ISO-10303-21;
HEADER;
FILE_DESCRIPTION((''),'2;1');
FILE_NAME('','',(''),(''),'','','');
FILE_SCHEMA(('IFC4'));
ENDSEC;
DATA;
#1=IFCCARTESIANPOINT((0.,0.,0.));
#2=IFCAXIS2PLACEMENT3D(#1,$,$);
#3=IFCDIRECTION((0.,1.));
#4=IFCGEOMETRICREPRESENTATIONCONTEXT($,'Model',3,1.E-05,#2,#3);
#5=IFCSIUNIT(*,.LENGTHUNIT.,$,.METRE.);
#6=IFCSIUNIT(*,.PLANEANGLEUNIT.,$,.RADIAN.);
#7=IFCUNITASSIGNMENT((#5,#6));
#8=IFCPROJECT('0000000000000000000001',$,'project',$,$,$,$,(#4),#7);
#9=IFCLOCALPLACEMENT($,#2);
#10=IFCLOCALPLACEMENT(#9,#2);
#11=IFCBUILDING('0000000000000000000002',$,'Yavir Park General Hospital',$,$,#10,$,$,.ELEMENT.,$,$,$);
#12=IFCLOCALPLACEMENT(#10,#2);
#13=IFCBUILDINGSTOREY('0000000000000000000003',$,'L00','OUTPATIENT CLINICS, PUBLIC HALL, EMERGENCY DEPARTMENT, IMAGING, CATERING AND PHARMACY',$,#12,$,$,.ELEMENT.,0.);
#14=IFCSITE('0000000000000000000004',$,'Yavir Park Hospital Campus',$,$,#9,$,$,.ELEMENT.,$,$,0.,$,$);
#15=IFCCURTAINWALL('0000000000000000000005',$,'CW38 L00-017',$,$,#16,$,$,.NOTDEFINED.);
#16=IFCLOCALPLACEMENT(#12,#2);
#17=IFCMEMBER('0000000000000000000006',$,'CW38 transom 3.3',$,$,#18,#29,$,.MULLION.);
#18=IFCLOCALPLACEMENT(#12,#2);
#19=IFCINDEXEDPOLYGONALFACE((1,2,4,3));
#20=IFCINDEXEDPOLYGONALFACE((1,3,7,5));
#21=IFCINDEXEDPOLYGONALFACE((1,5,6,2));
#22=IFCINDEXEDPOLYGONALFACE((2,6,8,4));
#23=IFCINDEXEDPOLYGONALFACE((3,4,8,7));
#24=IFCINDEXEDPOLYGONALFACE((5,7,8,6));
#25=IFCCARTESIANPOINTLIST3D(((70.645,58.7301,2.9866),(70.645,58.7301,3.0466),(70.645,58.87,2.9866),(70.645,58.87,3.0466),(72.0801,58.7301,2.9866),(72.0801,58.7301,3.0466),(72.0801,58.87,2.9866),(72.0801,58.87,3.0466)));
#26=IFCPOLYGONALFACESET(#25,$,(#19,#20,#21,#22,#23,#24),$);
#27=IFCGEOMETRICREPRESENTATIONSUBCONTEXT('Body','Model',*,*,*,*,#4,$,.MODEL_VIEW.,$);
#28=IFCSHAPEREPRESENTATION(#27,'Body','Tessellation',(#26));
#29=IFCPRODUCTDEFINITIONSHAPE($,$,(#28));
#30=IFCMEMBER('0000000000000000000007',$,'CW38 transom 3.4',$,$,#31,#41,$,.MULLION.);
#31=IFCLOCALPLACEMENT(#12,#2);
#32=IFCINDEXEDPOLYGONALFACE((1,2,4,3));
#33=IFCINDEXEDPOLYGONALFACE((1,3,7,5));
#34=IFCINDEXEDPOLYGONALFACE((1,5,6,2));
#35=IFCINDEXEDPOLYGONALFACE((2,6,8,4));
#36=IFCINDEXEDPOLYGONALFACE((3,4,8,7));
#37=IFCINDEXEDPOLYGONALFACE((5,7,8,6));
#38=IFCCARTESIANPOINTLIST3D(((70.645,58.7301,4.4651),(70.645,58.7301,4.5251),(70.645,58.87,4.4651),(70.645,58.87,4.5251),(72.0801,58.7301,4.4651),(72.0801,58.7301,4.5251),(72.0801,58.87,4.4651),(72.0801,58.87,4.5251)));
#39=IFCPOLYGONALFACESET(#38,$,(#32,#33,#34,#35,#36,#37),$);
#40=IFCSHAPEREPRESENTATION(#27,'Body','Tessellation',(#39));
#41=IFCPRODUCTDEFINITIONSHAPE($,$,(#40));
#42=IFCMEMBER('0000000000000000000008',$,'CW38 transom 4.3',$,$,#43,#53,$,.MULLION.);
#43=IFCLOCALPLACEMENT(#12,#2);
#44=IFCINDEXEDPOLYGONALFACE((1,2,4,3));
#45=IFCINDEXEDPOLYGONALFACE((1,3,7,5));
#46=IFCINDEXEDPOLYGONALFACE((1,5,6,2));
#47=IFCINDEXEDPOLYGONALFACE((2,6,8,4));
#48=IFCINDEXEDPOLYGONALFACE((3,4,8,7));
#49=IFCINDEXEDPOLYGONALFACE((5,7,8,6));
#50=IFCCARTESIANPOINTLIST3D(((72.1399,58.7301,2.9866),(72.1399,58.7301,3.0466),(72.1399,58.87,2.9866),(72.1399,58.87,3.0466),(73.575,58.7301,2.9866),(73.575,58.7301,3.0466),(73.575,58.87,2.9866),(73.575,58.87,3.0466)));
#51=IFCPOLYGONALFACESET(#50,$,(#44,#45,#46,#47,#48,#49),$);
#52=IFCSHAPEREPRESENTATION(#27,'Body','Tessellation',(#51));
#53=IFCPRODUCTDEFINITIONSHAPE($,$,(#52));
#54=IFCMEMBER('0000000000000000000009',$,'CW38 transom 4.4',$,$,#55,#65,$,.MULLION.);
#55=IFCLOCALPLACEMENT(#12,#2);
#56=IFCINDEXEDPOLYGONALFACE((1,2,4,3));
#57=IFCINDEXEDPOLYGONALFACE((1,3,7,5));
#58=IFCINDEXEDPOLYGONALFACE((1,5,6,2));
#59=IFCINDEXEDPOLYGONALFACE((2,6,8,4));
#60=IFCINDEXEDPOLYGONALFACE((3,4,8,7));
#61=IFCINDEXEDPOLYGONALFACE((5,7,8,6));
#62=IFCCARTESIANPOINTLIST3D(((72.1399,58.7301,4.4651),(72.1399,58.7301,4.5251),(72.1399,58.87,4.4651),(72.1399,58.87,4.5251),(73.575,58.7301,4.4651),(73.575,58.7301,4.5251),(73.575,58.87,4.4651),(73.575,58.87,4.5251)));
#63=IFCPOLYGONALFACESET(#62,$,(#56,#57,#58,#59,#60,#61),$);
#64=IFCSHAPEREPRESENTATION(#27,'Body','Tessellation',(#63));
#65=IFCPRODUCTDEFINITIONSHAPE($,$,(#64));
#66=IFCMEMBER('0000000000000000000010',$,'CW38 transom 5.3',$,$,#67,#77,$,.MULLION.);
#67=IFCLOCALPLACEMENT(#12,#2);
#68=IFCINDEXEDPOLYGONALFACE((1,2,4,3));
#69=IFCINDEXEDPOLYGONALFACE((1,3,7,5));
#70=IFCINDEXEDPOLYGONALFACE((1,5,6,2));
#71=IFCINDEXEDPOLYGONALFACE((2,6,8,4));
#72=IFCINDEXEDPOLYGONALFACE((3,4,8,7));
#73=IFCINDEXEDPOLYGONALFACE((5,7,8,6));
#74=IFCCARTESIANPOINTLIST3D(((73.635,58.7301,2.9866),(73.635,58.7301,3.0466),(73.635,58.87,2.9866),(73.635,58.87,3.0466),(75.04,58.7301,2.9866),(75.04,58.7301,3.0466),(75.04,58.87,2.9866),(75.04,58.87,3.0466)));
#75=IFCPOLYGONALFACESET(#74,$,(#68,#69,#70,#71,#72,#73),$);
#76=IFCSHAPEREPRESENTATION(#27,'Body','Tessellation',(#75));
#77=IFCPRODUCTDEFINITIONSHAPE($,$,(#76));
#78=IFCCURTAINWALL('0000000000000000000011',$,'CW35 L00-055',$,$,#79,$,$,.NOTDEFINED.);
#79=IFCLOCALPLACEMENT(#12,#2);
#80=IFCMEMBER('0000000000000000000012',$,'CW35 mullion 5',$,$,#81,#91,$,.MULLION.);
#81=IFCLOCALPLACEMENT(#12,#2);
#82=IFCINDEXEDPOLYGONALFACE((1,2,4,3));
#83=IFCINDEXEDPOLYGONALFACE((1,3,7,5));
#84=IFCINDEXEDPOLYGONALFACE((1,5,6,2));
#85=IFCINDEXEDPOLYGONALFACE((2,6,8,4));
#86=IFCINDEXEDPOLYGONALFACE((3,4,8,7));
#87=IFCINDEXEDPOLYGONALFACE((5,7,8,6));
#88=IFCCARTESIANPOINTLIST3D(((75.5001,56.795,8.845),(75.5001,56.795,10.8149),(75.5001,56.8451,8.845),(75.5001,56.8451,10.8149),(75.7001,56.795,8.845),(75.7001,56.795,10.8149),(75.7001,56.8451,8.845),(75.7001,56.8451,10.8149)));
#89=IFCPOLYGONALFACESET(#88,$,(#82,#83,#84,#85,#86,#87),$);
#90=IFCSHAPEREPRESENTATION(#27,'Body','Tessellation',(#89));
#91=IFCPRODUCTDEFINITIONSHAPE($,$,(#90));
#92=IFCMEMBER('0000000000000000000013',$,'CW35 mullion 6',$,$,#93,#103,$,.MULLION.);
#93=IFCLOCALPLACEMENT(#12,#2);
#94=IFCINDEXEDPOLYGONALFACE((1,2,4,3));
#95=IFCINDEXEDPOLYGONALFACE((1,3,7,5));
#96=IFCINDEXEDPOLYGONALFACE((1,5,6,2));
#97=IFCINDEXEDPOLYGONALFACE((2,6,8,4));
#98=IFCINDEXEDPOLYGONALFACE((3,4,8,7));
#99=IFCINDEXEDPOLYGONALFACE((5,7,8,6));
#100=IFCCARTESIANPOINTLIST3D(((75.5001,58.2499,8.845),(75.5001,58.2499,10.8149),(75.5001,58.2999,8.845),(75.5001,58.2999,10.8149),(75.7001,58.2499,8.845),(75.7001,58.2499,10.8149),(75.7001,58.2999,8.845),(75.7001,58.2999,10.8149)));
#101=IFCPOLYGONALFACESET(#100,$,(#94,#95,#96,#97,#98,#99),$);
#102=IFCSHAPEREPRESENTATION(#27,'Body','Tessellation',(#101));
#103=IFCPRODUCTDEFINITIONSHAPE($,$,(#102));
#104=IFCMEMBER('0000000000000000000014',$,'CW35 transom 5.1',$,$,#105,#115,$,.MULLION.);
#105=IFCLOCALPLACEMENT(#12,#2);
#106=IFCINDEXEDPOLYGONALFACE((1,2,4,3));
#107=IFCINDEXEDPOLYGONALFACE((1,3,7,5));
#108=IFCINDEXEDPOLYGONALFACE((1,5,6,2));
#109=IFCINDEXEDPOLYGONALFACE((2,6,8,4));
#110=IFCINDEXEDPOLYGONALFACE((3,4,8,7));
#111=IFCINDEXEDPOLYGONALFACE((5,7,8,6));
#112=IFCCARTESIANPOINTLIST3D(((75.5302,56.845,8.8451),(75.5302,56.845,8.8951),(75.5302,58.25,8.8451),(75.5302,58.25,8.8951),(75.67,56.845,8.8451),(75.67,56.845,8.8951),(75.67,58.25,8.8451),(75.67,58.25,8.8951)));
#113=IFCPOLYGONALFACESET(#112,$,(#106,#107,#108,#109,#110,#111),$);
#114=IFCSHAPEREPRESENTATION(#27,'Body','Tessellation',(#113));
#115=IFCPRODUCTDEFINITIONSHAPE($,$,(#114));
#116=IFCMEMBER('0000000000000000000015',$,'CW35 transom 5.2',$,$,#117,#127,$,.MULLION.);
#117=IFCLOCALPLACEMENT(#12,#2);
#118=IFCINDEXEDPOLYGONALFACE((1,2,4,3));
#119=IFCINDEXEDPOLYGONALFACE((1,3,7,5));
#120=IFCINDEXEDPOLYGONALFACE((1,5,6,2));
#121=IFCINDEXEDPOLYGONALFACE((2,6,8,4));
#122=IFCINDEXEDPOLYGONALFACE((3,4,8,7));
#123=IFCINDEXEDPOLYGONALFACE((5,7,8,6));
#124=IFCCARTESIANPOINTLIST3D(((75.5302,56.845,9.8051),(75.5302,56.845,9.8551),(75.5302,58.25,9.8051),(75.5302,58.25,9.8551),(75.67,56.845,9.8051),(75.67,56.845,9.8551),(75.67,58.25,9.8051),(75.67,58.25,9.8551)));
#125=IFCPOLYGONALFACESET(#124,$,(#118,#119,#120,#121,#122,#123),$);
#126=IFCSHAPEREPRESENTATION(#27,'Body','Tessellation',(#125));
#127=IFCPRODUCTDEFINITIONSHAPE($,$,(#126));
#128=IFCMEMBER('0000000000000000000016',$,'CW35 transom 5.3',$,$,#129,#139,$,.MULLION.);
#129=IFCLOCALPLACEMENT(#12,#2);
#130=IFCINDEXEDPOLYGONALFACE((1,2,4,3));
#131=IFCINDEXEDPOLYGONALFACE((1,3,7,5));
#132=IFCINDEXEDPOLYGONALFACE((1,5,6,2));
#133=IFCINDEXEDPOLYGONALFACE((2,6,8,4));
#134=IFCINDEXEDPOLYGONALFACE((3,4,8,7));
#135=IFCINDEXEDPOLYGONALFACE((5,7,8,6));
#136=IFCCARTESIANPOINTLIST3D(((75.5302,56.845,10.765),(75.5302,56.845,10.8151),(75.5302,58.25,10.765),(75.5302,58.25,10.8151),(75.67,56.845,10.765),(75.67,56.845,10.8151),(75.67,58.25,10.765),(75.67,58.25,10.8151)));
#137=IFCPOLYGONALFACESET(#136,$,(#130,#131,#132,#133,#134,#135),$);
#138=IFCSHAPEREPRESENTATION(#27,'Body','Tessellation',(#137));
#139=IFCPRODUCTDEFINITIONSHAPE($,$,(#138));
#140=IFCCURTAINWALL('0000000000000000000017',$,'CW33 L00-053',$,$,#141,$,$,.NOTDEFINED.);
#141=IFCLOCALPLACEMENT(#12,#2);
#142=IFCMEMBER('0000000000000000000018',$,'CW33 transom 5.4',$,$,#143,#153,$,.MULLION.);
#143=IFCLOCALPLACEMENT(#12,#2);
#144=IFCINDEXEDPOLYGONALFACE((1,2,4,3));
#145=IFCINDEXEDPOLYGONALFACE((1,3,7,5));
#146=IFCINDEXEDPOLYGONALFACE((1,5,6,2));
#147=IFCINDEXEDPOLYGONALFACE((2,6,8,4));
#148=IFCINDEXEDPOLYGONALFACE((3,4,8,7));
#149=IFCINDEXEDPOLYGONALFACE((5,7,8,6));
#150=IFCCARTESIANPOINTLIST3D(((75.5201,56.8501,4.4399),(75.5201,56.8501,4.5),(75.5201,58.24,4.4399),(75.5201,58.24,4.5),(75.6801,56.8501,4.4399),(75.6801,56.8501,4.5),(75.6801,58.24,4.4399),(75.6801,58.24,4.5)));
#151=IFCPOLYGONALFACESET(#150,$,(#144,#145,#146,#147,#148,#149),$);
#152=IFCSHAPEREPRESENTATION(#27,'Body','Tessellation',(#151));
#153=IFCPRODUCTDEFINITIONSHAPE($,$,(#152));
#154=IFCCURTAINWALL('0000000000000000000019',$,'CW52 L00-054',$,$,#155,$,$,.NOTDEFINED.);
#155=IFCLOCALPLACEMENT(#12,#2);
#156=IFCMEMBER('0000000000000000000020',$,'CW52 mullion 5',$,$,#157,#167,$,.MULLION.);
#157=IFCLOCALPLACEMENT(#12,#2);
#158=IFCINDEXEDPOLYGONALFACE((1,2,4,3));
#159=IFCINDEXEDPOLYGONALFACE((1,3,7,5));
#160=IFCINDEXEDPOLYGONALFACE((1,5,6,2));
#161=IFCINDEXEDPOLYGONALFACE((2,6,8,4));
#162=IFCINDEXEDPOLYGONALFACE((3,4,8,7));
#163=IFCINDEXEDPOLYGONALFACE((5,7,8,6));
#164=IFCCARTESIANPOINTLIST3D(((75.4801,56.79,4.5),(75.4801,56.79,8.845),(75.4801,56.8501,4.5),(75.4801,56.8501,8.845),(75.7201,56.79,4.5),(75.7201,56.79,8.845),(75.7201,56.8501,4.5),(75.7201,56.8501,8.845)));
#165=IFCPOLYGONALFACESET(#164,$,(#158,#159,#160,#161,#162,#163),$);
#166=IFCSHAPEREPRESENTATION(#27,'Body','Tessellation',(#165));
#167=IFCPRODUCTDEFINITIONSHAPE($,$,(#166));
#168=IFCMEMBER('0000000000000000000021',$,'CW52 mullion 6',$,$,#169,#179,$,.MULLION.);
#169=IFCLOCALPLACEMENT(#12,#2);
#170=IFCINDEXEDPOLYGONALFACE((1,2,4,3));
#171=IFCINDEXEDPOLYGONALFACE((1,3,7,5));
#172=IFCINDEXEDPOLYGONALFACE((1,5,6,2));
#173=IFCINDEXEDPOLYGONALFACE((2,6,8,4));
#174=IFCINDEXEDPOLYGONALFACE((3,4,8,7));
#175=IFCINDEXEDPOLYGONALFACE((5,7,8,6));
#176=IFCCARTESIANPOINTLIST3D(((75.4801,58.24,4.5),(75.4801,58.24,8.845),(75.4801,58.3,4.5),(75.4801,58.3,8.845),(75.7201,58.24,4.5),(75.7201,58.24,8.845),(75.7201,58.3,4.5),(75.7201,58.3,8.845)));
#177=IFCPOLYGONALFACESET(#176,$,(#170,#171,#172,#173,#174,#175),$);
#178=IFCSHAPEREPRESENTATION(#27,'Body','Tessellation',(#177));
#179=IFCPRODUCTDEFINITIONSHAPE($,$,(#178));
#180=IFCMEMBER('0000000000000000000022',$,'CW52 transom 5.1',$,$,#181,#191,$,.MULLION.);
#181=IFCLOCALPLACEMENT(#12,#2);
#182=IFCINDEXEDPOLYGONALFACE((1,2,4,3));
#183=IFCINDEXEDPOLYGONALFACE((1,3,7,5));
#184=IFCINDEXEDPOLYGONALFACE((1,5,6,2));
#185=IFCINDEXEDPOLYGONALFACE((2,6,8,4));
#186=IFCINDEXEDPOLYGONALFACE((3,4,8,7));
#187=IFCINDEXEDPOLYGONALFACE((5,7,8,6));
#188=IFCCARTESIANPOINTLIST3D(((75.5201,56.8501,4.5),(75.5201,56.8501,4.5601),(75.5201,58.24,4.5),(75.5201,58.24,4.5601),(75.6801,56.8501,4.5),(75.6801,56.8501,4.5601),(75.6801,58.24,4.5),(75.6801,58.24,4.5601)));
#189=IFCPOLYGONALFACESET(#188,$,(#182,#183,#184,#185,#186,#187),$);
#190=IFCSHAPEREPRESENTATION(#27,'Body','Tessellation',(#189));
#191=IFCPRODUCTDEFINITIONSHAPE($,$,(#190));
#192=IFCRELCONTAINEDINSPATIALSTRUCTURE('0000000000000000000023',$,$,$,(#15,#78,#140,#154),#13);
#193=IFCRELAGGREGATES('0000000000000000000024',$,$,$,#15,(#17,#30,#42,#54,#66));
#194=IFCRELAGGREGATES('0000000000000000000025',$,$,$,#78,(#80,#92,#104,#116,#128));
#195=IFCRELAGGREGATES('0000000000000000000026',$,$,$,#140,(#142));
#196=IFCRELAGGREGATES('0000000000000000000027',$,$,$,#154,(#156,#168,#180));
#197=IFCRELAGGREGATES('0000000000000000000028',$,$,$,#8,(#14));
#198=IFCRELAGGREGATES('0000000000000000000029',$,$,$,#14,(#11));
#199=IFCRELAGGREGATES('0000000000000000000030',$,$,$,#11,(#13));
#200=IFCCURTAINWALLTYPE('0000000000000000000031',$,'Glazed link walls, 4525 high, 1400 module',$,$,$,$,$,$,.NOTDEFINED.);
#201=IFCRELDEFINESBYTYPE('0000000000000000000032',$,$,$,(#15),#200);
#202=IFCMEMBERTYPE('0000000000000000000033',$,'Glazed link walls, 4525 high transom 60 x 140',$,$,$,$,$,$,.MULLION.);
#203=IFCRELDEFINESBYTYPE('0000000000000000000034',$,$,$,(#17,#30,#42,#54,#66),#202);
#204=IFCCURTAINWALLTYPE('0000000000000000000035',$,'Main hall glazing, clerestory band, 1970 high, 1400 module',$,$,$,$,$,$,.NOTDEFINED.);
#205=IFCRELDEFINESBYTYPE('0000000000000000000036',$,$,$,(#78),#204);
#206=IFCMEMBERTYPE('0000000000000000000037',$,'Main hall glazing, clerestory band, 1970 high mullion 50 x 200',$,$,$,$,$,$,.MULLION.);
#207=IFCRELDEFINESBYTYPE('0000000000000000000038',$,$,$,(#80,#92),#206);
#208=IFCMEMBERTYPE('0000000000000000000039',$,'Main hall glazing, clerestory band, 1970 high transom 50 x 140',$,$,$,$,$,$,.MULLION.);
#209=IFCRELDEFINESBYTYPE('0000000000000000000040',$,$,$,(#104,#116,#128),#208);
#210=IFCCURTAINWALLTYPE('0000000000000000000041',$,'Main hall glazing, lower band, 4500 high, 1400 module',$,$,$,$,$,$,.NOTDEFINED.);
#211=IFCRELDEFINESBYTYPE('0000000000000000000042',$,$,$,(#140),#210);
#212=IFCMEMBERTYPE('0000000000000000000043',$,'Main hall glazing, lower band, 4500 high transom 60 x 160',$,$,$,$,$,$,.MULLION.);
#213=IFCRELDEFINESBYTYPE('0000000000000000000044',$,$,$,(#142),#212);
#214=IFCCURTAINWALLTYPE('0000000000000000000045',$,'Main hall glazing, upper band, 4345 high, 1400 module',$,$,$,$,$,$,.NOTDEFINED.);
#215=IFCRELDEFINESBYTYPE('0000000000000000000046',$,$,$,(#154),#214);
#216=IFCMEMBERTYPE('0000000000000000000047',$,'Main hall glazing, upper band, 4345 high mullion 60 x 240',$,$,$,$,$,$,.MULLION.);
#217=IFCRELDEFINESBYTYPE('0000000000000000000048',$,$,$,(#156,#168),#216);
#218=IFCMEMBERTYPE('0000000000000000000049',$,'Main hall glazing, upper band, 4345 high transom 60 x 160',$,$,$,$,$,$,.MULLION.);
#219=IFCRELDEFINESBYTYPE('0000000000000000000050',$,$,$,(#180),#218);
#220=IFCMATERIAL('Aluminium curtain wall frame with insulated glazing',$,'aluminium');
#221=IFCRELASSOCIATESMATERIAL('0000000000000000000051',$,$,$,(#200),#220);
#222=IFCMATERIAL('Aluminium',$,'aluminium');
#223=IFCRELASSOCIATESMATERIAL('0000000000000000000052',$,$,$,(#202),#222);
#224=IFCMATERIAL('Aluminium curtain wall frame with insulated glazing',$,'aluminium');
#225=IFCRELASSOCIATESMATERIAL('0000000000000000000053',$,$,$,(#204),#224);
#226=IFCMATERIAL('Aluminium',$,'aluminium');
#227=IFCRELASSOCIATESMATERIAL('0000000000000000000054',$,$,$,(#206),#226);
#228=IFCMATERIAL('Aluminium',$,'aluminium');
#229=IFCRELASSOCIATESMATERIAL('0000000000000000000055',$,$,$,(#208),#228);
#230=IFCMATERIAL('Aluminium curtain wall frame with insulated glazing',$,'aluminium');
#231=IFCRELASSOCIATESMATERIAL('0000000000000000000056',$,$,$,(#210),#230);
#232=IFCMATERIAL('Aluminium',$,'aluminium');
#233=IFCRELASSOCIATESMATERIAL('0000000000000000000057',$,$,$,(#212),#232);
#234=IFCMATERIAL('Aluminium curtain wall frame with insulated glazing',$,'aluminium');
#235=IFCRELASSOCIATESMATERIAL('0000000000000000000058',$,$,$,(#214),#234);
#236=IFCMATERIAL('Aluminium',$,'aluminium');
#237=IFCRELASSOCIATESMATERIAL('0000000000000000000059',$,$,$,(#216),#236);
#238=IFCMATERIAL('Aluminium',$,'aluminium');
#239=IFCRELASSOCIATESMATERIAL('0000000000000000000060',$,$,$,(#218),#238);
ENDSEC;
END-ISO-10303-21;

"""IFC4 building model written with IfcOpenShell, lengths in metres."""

from ifc_helpers import new_model, si_unit, direction, frame, origin, origin_2d, place, context, subcontext, project, spatial, rectangle, extrude, material, material_profile, profile_set, type_object, element, aggregate, save


model = new_model("IFC4")

# Units and contexts
model_context = context("Model", 3, precision=1e-05, world=origin(), true_north=direction((0.0, 1.0)))
body_context = subcontext(model_context, "Body", "Model", "MODEL_VIEW")
ifc_project = project(units=[si_unit("LENGTHUNIT", "METRE"), si_unit("PLANEANGLEUNIT", "RADIAN")], contexts=[model_context])

# Site, building, storey
site_placement = place(None, origin())
site = spatial("IfcSite", under=ifc_project, at=site_placement, Name="Yavir Park Hospital Campus", CompositionType="ELEMENT", RefElevation=0.0)
building_placement = place(site_placement, origin())
building = spatial("IfcBuilding", under=site, at=building_placement, Name="Yavir Park General Hospital", CompositionType="ELEMENT")
storey_placement = place(building_placement, origin())
storey = spatial("IfcBuildingStorey", under=building, at=storey_placement, Name="L00", Description="OUTPATIENT CLINICS, PUBLIC HALL, EMERGENCY DEPARTMENT, IMAGING, CATERING AND PHARMACY", CompositionType="ELEMENT", Elevation=0.0)

# Curtain walls, members
ifc_material_1 = material(Name="Aluminium curtain wall frame with insulated glazing", Category="aluminium")
curtain_wall_type_1 = type_object("IfcCurtainWallType", Name="Glazed link walls, 4525 high, 1400 module", PredefinedType="NOTDEFINED", material=ifc_material_1)
curtain_wall_1_placement = place(storey_placement, origin())
curtain_wall_1 = element("IfcCurtainWall", 1, at=curtain_wall_1_placement, inside=storey, type_object=curtain_wall_type_1, Name="CW38 L00-017", PredefinedType="NOTDEFINED")
ifc_material_2 = material(Name="Aluminium", Category="aluminium")
ifc_material_profile_1 = material_profile(ifc_material_2, rectangle(XDim=0.1399, YDim=0.0601, at=origin_2d()), Name="AL 140x60")
ifc_profile_set_1 = profile_set([ifc_material_profile_1], Name="Aluminium")
member_type_1 = type_object("IfcMemberType", Name="Glazed link walls, 4525 high transom 60 x 140", PredefinedType="MULLION", material=ifc_profile_set_1)
member_1_placement = place(storey_placement, frame((70.645, 58.8, 3.0166), z_axis=(1.0, 0.0, 0.0), x_axis=(0.0, 1.0, 0.0)))
member_1 = element("IfcMember", 2, at=member_1_placement, type_object=member_type_1, Name="CW38 transom 3.3", PredefinedType="MULLION", context=body_context, shape_type="SweptSolid", body=[
    extrude(rectangle(XDim=0.1399, YDim=0.0601, at=origin_2d()), origin(), (0.0, 0.0, 1.0), 1.4351),
])
member_2_placement = place(storey_placement, frame((70.645, 58.8, 4.4951), z_axis=(1.0, 0.0, 0.0), x_axis=(0.0, 1.0, 0.0)))
member_2 = element("IfcMember", 3, at=member_2_placement, type_object=member_type_1, Name="CW38 transom 3.4", PredefinedType="MULLION", context=body_context, shape_type="SweptSolid", body=[
    extrude(rectangle(XDim=0.1399, YDim=0.0601, at=origin_2d()), origin(), (0.0, 0.0, 1.0), 1.4351),
])
member_3_placement = place(storey_placement, frame((72.1399, 58.8, 3.0166), z_axis=(1.0, 0.0, 0.0), x_axis=(0.0, 1.0, 0.0)))
member_3 = element("IfcMember", 4, at=member_3_placement, type_object=member_type_1, Name="CW38 transom 4.3", PredefinedType="MULLION", context=body_context, shape_type="SweptSolid", body=[
    extrude(rectangle(XDim=0.1399, YDim=0.0601, at=origin_2d()), origin(), (0.0, 0.0, 1.0), 1.4351),
])
member_4_placement = place(storey_placement, frame((72.1399, 58.8, 4.4951), z_axis=(1.0, 0.0, 0.0), x_axis=(0.0, 1.0, 0.0)))
member_4 = element("IfcMember", 5, at=member_4_placement, type_object=member_type_1, Name="CW38 transom 4.4", PredefinedType="MULLION", context=body_context, shape_type="SweptSolid", body=[
    extrude(rectangle(XDim=0.1399, YDim=0.0601, at=origin_2d()), origin(), (0.0, 0.0, 1.0), 1.4351),
])
member_5_placement = place(storey_placement, frame((73.635, 58.8, 3.0166), z_axis=(1.0, 0.0, 0.0), x_axis=(0.0, 1.0, 0.0)))
member_5 = element("IfcMember", 6, at=member_5_placement, type_object=member_type_1, Name="CW38 transom 5.3", PredefinedType="MULLION", context=body_context, shape_type="SweptSolid", body=[
    extrude(rectangle(XDim=0.1399, YDim=0.0601, at=origin_2d()), origin(), (0.0, 0.0, 1.0), 1.405),
])
ifc_material_3 = material(Name="Aluminium curtain wall frame with insulated glazing", Category="aluminium")
curtain_wall_type_2 = type_object("IfcCurtainWallType", Name="Main hall glazing, clerestory band, 1970 high, 1400 module", PredefinedType="NOTDEFINED", material=ifc_material_3)
curtain_wall_2_placement = place(storey_placement, origin())
curtain_wall_2 = element("IfcCurtainWall", 7, at=curtain_wall_2_placement, inside=storey, type_object=curtain_wall_type_2, Name="CW35 L00-055", PredefinedType="NOTDEFINED")
ifc_material_4 = material(Name="Aluminium", Category="aluminium")
ifc_material_profile_2 = material_profile(ifc_material_4, rectangle(XDim=0.2, YDim=0.05, at=origin_2d()), Name="AL 50x200")
ifc_profile_set_2 = profile_set([ifc_material_profile_2], Name="Aluminium")
member_type_2 = type_object("IfcMemberType", Name="Main hall glazing, clerestory band, 1970 high mullion 50 x 200", PredefinedType="MULLION", material=ifc_profile_set_2)
member_6_placement = place(storey_placement, frame((75.6001, 56.8201, 8.845), z_axis=(0.0, 0.0, 1.0), x_axis=(-1.0, 0.0, 0.0)))
member_6 = element("IfcMember", 8, at=member_6_placement, type_object=member_type_2, Name="CW35 mullion 5", PredefinedType="MULLION", context=body_context, shape_type="SweptSolid", body=[
    extrude(rectangle(XDim=0.2, YDim=0.05, at=origin_2d()), origin(), (0.0, 0.0, 1.0), 1.97),
])
member_7_placement = place(storey_placement, frame((75.6001, 58.2749, 8.845), z_axis=(0.0, 0.0, 1.0), x_axis=(-1.0, 0.0, 0.0)))
member_7 = element("IfcMember", 9, at=member_7_placement, type_object=member_type_2, Name="CW35 mullion 6", PredefinedType="MULLION", context=body_context, shape_type="SweptSolid", body=[
    extrude(rectangle(XDim=0.2, YDim=0.05, at=origin_2d()), origin(), (0.0, 0.0, 1.0), 1.97),
])
ifc_material_5 = material(Name="Aluminium", Category="aluminium")
ifc_material_profile_3 = material_profile(ifc_material_5, rectangle(XDim=0.1399, YDim=0.05, at=origin_2d()), Name="AL 140x50")
ifc_profile_set_3 = profile_set([ifc_material_profile_3], Name="Aluminium")
member_type_3 = type_object("IfcMemberType", Name="Main hall glazing, clerestory band, 1970 high transom 50 x 140", PredefinedType="MULLION", material=ifc_profile_set_3)
member_8_placement = place(storey_placement, frame((75.6001, 56.845, 8.8701), z_axis=(0.0, 1.0, 0.0), x_axis=(-1.0, 0.0, 0.0)))
member_8 = element("IfcMember", 10, at=member_8_placement, type_object=member_type_3, Name="CW35 transom 5.1", PredefinedType="MULLION", context=body_context, shape_type="SweptSolid", body=[
    extrude(rectangle(XDim=0.1399, YDim=0.05, at=origin_2d()), origin(), (0.0, 0.0, 1.0), 1.405),
])
member_9_placement = place(storey_placement, frame((75.6001, 56.845, 9.8301), z_axis=(0.0, 1.0, 0.0), x_axis=(-1.0, 0.0, 0.0)))
member_9 = element("IfcMember", 11, at=member_9_placement, type_object=member_type_3, Name="CW35 transom 5.2", PredefinedType="MULLION", context=body_context, shape_type="SweptSolid", body=[
    extrude(rectangle(XDim=0.1399, YDim=0.05, at=origin_2d()), origin(), (0.0, 0.0, 1.0), 1.405),
])
member_10_placement = place(storey_placement, frame((75.6001, 56.845, 10.79), z_axis=(0.0, 1.0, 0.0), x_axis=(-1.0, 0.0, 0.0)))
member_10 = element("IfcMember", 12, at=member_10_placement, type_object=member_type_3, Name="CW35 transom 5.3", PredefinedType="MULLION", context=body_context, shape_type="SweptSolid", body=[
    extrude(rectangle(XDim=0.1399, YDim=0.05, at=origin_2d()), origin(), (0.0, 0.0, 1.0), 1.405),
])

# Curtain wall, member
ifc_material_6 = material(Name="Aluminium curtain wall frame with insulated glazing", Category="aluminium")
curtain_wall_type_3 = type_object("IfcCurtainWallType", Name="Main hall glazing, lower band, 4500 high, 1400 module", PredefinedType="NOTDEFINED", material=ifc_material_6)
curtain_wall_3_placement = place(storey_placement, origin())
curtain_wall_3 = element("IfcCurtainWall", 13, at=curtain_wall_3_placement, inside=storey, type_object=curtain_wall_type_3, Name="CW33 L00-053", PredefinedType="NOTDEFINED")
ifc_material_7 = material(Name="Aluminium", Category="aluminium")
ifc_material_profile_4 = material_profile(ifc_material_7, rectangle(XDim=0.1599, YDim=0.0601, at=origin_2d()), Name="AL 160x60")
ifc_profile_set_4 = profile_set([ifc_material_profile_4], Name="Aluminium")
member_type_4 = type_object("IfcMemberType", Name="Main hall glazing, lower band, 4500 high transom 60 x 160", PredefinedType="MULLION", material=ifc_profile_set_4)
member_11_placement = place(storey_placement, frame((75.6001, 56.8501, 4.47), z_axis=(0.0, 1.0, 0.0), x_axis=(-1.0, 0.0, 0.0)))
member_11 = element("IfcMember", 14, at=member_11_placement, type_object=member_type_4, Name="CW33 transom 5.4", PredefinedType="MULLION", context=body_context, shape_type="SweptSolid", body=[
    extrude(rectangle(XDim=0.1599, YDim=0.0601, at=origin_2d()), origin(), (0.0, 0.0, 1.0), 1.3899),
])

# Curtain wall, members
ifc_material_8 = material(Name="Aluminium curtain wall frame with insulated glazing", Category="aluminium")
curtain_wall_type_4 = type_object("IfcCurtainWallType", Name="Main hall glazing, upper band, 4345 high, 1400 module", PredefinedType="NOTDEFINED", material=ifc_material_8)
curtain_wall_4_placement = place(storey_placement, origin())
curtain_wall_4 = element("IfcCurtainWall", 15, at=curtain_wall_4_placement, inside=storey, type_object=curtain_wall_type_4, Name="CW52 L00-054", PredefinedType="NOTDEFINED")
ifc_material_9 = material(Name="Aluminium", Category="aluminium")
ifc_material_profile_5 = material_profile(ifc_material_9, rectangle(XDim=0.24, YDim=0.0601, at=origin_2d()), Name="AL 60x240")
ifc_profile_set_5 = profile_set([ifc_material_profile_5], Name="Aluminium")
member_type_5 = type_object("IfcMemberType", Name="Main hall glazing, upper band, 4345 high mullion 60 x 240", PredefinedType="MULLION", material=ifc_profile_set_5)
member_12_placement = place(storey_placement, frame((75.6001, 56.8201, 4.5), z_axis=(0.0, 0.0, 1.0), x_axis=(-1.0, 0.0, 0.0)))
member_12 = element("IfcMember", 16, at=member_12_placement, type_object=member_type_5, Name="CW52 mullion 5", PredefinedType="MULLION", context=body_context, shape_type="SweptSolid", body=[
    extrude(rectangle(XDim=0.24, YDim=0.0601, at=origin_2d()), origin(), (0.0, 0.0, 1.0), 4.345),
])
member_13_placement = place(storey_placement, frame((75.6001, 58.27, 4.5), z_axis=(0.0, 0.0, 1.0), x_axis=(-1.0, 0.0, 0.0)))
member_13 = element("IfcMember", 17, at=member_13_placement, type_object=member_type_5, Name="CW52 mullion 6", PredefinedType="MULLION", context=body_context, shape_type="SweptSolid", body=[
    extrude(rectangle(XDim=0.24, YDim=0.0601, at=origin_2d()), origin(), (0.0, 0.0, 1.0), 4.345),
])
ifc_material_10 = material(Name="Aluminium", Category="aluminium")
ifc_material_profile_6 = material_profile(ifc_material_10, rectangle(XDim=0.1599, YDim=0.0601, at=origin_2d()), Name="AL 160x60")
ifc_profile_set_6 = profile_set([ifc_material_profile_6], Name="Aluminium")
member_type_6 = type_object("IfcMemberType", Name="Main hall glazing, upper band, 4345 high transom 60 x 160", PredefinedType="MULLION", material=ifc_profile_set_6)
member_14_placement = place(storey_placement, frame((75.6001, 56.8501, 4.53), z_axis=(0.0, 1.0, 0.0), x_axis=(-1.0, 0.0, 0.0)))
member_14 = element("IfcMember", 18, at=member_14_placement, type_object=member_type_6, Name="CW52 transom 5.1", PredefinedType="MULLION", context=body_context, shape_type="SweptSolid", body=[
    extrude(rectangle(XDim=0.1599, YDim=0.0601, at=origin_2d()), origin(), (0.0, 0.0, 1.0), 1.3899),
])

aggregate(curtain_wall_1, [member_1, member_2, member_3, member_4, member_5])
aggregate(curtain_wall_2, [member_6, member_7, member_8, member_9, member_10])
aggregate(curtain_wall_3, [member_11])
aggregate(curtain_wall_4, [member_12, member_13, member_14])

save(model, "model.ifc")
